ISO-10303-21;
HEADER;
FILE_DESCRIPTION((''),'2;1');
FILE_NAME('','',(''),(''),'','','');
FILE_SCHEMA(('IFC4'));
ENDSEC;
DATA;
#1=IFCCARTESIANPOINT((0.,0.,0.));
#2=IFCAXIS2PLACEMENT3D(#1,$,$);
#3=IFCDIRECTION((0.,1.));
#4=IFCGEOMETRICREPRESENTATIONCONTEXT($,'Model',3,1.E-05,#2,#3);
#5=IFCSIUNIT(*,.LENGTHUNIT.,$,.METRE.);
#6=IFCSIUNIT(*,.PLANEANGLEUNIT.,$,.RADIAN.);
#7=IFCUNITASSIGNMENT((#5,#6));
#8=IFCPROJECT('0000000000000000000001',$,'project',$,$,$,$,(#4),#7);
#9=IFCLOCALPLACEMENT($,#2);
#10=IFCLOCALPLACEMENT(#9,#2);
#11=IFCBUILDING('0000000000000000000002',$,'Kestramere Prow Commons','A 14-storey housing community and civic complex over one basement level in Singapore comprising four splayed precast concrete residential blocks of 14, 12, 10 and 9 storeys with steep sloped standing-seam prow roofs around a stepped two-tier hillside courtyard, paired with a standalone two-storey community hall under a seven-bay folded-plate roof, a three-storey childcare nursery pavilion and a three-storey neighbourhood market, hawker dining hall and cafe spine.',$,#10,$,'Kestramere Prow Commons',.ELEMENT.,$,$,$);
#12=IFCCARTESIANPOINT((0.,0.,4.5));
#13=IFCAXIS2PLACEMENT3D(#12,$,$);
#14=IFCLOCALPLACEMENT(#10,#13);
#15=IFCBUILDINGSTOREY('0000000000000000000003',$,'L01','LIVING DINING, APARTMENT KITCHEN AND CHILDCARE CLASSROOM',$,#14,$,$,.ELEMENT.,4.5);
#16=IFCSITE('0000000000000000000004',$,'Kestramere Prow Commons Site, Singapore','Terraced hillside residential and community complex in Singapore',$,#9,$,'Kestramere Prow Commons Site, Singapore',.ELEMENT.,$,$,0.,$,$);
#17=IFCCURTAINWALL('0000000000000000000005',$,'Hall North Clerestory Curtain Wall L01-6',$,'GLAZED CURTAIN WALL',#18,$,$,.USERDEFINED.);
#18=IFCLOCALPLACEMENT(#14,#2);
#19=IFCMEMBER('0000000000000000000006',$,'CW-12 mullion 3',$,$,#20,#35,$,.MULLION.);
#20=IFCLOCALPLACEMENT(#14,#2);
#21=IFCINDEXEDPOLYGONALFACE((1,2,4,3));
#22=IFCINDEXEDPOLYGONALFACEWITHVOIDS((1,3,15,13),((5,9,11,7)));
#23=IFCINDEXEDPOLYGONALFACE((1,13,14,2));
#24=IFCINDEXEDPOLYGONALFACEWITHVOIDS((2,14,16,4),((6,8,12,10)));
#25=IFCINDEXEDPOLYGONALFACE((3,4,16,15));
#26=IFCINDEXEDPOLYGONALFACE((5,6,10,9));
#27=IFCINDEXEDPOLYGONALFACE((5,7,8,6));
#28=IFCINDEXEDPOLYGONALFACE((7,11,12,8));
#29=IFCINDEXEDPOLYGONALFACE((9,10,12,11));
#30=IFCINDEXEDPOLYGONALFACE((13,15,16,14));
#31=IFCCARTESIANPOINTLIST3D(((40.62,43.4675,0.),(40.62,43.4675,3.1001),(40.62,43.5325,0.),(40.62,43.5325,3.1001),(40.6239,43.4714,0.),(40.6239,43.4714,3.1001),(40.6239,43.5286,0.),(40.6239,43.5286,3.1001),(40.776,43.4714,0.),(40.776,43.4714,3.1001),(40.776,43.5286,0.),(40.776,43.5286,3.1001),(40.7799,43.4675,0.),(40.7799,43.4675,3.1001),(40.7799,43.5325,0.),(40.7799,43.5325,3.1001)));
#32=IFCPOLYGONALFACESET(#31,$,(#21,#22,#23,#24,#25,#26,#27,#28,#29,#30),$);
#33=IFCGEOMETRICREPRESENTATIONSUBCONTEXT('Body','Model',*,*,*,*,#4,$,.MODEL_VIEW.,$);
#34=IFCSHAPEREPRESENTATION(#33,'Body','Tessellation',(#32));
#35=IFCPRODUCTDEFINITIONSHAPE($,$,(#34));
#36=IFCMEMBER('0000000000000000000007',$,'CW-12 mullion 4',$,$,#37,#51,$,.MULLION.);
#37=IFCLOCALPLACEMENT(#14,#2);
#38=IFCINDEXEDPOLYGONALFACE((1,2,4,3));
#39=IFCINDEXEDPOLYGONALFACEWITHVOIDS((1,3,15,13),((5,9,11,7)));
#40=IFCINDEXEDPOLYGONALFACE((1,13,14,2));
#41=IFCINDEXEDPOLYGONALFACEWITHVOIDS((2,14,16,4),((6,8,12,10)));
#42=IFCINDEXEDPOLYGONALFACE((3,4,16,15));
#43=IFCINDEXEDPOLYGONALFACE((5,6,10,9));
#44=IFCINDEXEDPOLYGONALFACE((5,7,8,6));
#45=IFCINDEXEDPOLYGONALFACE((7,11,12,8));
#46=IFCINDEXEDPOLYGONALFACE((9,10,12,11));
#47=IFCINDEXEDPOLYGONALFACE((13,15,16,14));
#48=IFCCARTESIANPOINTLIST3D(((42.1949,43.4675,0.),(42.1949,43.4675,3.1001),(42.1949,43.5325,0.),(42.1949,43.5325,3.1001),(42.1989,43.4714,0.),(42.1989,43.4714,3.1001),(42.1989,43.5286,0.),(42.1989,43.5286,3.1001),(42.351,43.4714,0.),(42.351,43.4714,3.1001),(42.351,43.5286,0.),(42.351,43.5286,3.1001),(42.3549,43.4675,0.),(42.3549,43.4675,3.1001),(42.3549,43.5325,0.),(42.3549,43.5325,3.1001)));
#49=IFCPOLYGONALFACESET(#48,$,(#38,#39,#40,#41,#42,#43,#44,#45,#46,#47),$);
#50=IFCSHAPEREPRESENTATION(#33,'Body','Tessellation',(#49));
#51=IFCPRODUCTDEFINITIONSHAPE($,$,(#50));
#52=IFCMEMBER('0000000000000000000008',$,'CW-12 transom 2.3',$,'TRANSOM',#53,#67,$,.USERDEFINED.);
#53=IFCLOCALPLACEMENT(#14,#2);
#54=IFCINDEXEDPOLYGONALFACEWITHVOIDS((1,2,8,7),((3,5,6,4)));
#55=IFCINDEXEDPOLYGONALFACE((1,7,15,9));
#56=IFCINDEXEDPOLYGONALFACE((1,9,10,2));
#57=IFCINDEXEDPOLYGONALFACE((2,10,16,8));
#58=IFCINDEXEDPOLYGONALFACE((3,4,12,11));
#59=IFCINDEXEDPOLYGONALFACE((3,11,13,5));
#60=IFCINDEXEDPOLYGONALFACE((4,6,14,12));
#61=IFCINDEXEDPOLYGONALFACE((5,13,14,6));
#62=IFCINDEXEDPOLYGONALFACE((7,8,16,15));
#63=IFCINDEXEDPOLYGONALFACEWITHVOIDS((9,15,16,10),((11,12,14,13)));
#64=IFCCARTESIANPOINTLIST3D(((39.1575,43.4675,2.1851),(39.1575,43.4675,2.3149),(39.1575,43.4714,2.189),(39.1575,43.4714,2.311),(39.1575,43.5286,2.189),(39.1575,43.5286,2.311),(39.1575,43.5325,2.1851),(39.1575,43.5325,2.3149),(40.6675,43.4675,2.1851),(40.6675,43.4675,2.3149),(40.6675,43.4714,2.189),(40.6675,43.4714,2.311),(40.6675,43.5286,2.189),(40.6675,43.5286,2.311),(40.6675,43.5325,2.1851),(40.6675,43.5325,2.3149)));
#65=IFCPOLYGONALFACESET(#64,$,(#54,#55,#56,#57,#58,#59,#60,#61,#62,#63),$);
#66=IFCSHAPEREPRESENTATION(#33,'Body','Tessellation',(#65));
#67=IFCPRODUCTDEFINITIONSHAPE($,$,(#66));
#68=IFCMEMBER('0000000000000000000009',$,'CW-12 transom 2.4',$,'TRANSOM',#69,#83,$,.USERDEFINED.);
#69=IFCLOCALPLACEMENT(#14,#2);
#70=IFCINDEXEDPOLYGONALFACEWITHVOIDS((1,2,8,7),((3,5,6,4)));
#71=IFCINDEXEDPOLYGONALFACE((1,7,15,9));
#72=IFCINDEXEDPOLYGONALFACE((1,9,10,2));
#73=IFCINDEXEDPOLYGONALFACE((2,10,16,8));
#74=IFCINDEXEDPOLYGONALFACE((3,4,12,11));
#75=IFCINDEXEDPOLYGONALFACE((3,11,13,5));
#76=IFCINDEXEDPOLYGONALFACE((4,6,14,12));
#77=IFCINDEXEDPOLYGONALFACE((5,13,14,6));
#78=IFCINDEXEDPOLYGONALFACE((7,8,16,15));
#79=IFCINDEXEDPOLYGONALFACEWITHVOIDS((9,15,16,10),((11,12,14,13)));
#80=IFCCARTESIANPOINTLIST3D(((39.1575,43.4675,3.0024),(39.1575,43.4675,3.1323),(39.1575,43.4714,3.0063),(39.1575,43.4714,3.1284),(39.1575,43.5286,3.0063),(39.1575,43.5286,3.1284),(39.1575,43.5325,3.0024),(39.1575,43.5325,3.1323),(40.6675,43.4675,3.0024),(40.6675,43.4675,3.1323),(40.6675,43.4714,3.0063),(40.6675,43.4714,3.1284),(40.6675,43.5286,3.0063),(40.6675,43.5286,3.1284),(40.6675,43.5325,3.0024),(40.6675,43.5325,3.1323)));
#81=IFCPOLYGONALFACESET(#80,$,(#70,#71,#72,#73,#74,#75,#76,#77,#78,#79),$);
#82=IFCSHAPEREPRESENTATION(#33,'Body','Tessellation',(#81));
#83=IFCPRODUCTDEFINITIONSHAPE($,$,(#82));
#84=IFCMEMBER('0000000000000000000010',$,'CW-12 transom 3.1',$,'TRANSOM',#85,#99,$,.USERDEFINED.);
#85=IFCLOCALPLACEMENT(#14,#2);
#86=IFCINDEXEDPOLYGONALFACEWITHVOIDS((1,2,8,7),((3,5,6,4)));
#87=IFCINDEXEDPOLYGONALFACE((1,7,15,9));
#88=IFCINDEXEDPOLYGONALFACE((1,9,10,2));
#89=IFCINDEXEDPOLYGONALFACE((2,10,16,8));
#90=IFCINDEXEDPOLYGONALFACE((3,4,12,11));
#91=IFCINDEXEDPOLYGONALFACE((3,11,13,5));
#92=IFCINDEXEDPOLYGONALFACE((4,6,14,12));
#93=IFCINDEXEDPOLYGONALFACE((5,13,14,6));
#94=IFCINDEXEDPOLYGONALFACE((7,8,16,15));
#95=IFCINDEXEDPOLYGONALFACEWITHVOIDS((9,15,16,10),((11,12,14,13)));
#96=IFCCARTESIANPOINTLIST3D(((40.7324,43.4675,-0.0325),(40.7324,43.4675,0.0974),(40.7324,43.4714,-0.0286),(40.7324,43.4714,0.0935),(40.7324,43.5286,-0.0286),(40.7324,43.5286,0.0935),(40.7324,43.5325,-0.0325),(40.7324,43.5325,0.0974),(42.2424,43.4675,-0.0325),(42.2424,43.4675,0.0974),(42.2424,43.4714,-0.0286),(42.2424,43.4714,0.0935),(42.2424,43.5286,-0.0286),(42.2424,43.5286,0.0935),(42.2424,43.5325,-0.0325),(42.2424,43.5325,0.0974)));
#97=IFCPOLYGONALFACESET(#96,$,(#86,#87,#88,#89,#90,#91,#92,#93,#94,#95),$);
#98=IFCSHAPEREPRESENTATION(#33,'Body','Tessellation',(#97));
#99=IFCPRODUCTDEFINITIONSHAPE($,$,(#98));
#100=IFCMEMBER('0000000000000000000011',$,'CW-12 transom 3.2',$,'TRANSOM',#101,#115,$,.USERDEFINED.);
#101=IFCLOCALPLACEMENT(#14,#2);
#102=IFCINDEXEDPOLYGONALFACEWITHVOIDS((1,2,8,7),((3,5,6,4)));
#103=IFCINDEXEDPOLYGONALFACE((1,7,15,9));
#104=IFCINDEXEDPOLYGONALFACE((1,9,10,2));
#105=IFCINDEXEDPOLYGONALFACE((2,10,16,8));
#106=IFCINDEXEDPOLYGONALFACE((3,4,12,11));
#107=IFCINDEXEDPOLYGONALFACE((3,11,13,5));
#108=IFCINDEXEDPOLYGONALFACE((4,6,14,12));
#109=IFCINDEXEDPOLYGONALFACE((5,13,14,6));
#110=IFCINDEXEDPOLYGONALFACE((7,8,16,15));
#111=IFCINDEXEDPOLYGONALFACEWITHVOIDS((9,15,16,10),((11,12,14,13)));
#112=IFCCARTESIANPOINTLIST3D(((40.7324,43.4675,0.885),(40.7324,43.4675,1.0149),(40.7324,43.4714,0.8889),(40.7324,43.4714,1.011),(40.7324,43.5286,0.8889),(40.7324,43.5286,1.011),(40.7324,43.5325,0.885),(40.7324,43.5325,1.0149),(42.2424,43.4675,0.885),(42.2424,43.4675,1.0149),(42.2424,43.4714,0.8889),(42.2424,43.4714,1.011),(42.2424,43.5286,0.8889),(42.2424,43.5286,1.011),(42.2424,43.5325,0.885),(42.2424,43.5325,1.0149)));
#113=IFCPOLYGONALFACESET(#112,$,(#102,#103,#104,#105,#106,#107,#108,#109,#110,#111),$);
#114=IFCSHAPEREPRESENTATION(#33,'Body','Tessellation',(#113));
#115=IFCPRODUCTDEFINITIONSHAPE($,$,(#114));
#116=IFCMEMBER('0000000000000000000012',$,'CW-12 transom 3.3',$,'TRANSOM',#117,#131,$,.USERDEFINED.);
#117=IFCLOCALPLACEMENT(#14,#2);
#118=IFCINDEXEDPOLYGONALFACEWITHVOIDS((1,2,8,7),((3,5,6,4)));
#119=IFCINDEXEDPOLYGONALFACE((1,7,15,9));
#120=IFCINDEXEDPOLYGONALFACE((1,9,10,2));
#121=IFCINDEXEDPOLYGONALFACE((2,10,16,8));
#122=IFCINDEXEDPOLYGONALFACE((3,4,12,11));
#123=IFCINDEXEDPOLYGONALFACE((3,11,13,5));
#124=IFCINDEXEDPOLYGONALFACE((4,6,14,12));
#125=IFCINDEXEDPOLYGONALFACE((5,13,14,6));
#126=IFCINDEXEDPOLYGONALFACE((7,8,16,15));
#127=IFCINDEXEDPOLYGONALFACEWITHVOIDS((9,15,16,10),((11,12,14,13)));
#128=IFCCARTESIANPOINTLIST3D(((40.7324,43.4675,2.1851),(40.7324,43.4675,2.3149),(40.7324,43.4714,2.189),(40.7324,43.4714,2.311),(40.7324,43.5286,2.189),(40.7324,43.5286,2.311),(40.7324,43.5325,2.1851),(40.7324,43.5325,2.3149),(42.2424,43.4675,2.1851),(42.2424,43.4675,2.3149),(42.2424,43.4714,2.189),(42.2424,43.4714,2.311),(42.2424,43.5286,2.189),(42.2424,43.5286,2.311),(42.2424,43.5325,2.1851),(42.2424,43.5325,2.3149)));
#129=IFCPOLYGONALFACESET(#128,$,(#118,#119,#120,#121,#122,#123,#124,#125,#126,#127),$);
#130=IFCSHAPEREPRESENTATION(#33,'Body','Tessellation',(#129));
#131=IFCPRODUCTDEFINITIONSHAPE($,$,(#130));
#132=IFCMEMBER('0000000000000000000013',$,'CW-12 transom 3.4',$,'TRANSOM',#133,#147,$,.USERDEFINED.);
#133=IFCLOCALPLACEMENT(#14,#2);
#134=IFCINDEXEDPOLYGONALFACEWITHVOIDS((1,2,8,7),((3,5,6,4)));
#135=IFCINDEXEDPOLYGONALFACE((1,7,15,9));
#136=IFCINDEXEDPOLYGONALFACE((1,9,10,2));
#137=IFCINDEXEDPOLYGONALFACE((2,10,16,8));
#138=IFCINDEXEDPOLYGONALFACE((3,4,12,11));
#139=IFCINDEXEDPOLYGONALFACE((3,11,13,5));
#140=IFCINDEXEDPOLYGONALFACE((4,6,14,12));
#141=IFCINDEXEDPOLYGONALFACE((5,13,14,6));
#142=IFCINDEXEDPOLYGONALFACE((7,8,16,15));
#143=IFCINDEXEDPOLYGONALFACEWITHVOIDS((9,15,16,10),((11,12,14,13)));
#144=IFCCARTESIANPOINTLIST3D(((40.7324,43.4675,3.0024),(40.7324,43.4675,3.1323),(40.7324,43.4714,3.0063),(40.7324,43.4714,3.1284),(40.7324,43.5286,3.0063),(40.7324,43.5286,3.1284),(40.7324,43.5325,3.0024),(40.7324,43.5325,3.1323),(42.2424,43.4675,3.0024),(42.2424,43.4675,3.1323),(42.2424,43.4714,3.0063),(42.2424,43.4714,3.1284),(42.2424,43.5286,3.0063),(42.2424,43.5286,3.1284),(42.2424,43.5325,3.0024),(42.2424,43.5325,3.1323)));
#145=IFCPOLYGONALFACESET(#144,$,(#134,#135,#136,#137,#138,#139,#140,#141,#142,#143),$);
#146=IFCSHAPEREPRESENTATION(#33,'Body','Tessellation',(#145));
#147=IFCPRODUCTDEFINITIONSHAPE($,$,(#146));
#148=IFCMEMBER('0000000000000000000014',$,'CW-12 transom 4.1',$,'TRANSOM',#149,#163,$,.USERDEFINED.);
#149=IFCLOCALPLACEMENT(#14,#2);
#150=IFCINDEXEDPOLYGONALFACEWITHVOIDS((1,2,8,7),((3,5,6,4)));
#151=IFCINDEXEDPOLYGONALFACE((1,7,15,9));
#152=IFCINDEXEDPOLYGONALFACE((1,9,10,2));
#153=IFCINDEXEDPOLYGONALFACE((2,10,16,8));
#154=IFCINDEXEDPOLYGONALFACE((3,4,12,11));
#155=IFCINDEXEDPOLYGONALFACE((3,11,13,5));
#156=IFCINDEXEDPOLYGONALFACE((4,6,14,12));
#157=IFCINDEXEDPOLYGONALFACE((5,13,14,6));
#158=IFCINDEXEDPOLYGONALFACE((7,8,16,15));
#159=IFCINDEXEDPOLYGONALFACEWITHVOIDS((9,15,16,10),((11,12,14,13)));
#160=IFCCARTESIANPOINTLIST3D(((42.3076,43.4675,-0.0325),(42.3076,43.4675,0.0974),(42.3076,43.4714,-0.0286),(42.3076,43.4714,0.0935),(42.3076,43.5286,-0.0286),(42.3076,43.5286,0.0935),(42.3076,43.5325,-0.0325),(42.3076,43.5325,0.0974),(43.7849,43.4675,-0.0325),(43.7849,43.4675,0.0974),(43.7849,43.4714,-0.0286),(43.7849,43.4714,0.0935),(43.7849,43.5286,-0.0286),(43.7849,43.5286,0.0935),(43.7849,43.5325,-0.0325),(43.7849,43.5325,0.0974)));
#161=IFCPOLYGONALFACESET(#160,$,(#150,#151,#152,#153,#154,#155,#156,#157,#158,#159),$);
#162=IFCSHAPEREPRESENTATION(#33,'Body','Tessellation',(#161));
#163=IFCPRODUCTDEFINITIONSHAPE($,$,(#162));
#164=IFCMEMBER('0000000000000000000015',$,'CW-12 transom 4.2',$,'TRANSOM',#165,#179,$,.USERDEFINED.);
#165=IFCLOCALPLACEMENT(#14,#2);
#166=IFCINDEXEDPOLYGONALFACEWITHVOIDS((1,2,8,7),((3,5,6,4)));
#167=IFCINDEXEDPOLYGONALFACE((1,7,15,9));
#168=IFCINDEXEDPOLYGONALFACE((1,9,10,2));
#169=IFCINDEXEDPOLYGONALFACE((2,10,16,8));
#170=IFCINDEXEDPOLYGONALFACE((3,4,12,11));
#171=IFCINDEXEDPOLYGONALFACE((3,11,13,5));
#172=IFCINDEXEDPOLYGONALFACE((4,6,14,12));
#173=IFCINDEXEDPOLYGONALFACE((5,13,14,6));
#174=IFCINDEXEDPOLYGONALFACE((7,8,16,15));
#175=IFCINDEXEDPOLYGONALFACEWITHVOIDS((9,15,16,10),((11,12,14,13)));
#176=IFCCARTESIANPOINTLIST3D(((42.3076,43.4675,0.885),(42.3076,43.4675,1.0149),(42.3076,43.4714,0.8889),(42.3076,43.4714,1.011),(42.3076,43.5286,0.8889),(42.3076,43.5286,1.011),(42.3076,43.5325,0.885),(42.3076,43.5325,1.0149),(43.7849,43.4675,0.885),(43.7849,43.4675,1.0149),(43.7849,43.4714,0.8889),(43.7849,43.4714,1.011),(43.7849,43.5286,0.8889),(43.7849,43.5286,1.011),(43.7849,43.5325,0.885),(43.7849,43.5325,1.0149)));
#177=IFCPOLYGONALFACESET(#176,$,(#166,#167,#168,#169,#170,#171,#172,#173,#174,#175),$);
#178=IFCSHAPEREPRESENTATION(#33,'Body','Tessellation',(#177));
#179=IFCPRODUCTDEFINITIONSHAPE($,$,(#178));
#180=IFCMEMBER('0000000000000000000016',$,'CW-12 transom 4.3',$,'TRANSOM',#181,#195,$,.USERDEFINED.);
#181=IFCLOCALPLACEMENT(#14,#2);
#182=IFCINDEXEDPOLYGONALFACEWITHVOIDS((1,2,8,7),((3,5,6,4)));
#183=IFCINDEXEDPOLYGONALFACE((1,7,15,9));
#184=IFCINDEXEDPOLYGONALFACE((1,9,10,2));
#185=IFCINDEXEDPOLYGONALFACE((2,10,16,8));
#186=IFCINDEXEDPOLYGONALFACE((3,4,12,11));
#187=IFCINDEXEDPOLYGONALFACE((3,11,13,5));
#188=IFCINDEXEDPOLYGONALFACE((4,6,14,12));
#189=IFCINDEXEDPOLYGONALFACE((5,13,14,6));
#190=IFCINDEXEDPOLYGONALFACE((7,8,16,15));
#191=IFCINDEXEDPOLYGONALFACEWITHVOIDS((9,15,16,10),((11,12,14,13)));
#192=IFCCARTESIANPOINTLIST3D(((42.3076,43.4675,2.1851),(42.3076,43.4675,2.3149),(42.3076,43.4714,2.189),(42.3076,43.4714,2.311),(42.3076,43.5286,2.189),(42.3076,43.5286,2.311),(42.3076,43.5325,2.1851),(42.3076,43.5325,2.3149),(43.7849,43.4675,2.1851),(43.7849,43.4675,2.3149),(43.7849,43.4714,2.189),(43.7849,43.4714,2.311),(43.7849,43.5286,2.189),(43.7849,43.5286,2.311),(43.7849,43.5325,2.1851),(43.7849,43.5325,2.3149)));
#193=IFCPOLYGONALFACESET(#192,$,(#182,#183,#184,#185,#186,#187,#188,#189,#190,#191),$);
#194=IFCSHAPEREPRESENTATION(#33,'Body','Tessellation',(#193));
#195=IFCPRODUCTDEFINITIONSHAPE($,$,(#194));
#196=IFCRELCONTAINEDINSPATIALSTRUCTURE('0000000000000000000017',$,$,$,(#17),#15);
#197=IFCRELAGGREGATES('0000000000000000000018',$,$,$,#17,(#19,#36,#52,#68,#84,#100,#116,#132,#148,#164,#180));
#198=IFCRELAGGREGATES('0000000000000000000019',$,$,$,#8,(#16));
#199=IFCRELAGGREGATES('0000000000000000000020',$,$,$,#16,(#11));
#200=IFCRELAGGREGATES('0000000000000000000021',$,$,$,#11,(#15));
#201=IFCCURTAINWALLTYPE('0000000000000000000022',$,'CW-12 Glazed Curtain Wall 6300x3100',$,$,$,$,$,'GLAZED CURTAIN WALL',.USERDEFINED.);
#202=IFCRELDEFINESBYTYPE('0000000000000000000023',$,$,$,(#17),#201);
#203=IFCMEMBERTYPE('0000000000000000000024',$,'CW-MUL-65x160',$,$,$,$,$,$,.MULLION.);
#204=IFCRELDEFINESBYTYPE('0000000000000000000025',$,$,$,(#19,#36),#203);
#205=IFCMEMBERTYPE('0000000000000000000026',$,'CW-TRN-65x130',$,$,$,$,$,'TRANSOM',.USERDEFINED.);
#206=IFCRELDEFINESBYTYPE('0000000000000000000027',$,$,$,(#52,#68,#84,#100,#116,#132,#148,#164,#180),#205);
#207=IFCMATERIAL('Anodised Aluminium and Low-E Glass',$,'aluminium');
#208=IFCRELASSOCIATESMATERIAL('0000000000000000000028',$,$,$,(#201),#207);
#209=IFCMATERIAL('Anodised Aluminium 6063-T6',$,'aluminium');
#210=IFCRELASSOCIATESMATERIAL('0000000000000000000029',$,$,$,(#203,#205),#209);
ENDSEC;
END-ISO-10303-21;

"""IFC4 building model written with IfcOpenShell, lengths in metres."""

from ifc_helpers import new_model, si_unit, direction, frame, origin, origin_2d, place, context, subcontext, project, spatial, hollow_rectangle, extrude, material, material_profile, profile_set, type_object, element, aggregate, save


model = new_model("IFC4")

# Units and contexts
model_context = context("Model", 3, precision=1e-05, world=origin(), true_north=direction((0.0, 1.0)))
body_context = subcontext(model_context, "Body", "Model", "MODEL_VIEW")
ifc_project = project(units=[si_unit("LENGTHUNIT", "METRE"), si_unit("PLANEANGLEUNIT", "RADIAN")], contexts=[model_context])

# Site, building, storey
site_placement = place(None, origin())
site = spatial("IfcSite", under=ifc_project, at=site_placement, Name="Kestramere Prow Commons Site, Singapore", Description="Terraced hillside residential and community complex in Singapore", LongName="Kestramere Prow Commons Site, Singapore", CompositionType="ELEMENT", RefElevation=0.0)
building_placement = place(site_placement, origin())
building = spatial("IfcBuilding", under=site, at=building_placement, Name="Kestramere Prow Commons", Description="A 14-storey housing community and civic complex over one basement level in Singapore comprising four splayed precast concrete residential blocks of 14, 12, 10 and 9 storeys with steep sloped standing-seam prow roofs around a stepped two-tier hillside courtyard, paired with a standalone two-storey community hall under a seven-bay folded-plate roof, a three-storey childcare nursery pavilion and a three-storey neighbourhood market, hawker dining hall and cafe spine.", LongName="Kestramere Prow Commons", CompositionType="ELEMENT")
storey_placement = place(building_placement, frame((0.0, 0.0, 4.5)))
storey = spatial("IfcBuildingStorey", under=building, at=storey_placement, Name="L01", Description="LIVING DINING, APARTMENT KITCHEN AND CHILDCARE CLASSROOM", CompositionType="ELEMENT", Elevation=4.5)

# Curtain wall, members
ifc_material_1 = material(Name="Anodised Aluminium and Low-E Glass", Category="aluminium")
curtain_wall_type = type_object("IfcCurtainWallType", Name="CW-12 Glazed Curtain Wall 6300x3100", ElementType="GLAZED CURTAIN WALL", PredefinedType="USERDEFINED", material=ifc_material_1)
curtain_wall_placement = place(storey_placement, origin())
curtain_wall = element("IfcCurtainWall", 1, at=curtain_wall_placement, inside=storey, type_object=curtain_wall_type, Name="Hall North Clerestory Curtain Wall L01-6", ObjectType="GLAZED CURTAIN WALL", PredefinedType="USERDEFINED")
ifc_material_2 = material(Name="Anodised Aluminium 6063-T6", Category="aluminium")
ifc_material_profile_1 = material_profile(ifc_material_2, hollow_rectangle(XDim=0.0649, YDim=0.1599, WallThickness=0.0039, at=origin_2d()), Name="ALU-MUL 65x160")
ifc_profile_set_1 = profile_set([ifc_material_profile_1], Name="Anodised Aluminium 6063-T6")
member_type_1 = type_object("IfcMemberType", Name="CW-MUL-65x160", PredefinedType="MULLION", material=ifc_profile_set_1)
member_1_placement = place(storey_placement, frame((40.7, 43.5, 0.0), z_axis=(0.0, 0.0, 1.0), x_axis=(0.0, 1.0, 0.0)))
member_1 = element("IfcMember", 2, at=member_1_placement, type_object=member_type_1, Name="CW-12 mullion 3", PredefinedType="MULLION", context=body_context, shape_type="SweptSolid", body=[
    extrude(hollow_rectangle(XDim=0.0649, YDim=0.1599, WallThickness=0.0039, at=origin_2d()), origin(), (0.0, 0.0, 1.0), 3.1001),
])
member_2_placement = place(storey_placement, frame((42.2749, 43.5, 0.0), z_axis=(0.0, 0.0, 1.0), x_axis=(0.0, 1.0, 0.0)))
member_2 = element("IfcMember", 3, at=member_2_placement, type_object=member_type_1, Name="CW-12 mullion 4", PredefinedType="MULLION", context=body_context, shape_type="SweptSolid", body=[
    extrude(hollow_rectangle(XDim=0.0649, YDim=0.1599, WallThickness=0.0039, at=origin_2d()), origin(), (0.0, 0.0, 1.0), 3.1001),
])
ifc_material_profile_2 = material_profile(ifc_material_2, hollow_rectangle(XDim=0.0649, YDim=0.1299, WallThickness=0.0039, at=origin_2d()), Name="ALU-TRN 65x130")
ifc_profile_set_2 = profile_set([ifc_material_profile_2], Name="Anodised Aluminium 6063-T6")
member_type_2 = type_object("IfcMemberType", Name="CW-TRN-65x130", ElementType="TRANSOM", PredefinedType="USERDEFINED", material=ifc_profile_set_2)
member_3_placement = place(storey_placement, frame((39.1575, 43.5, 2.25), z_axis=(1.0, 0.0, 0.0), x_axis=(0.0, 1.0, 0.0)))
member_3 = element("IfcMember", 4, at=member_3_placement, type_object=member_type_2, Name="CW-12 transom 2.3", ObjectType="TRANSOM", PredefinedType="USERDEFINED", context=body_context, shape_type="SweptSolid", body=[
    extrude(hollow_rectangle(XDim=0.0649, YDim=0.1299, WallThickness=0.0039, at=origin_2d()), origin(), (0.0, 0.0, 1.0), 1.51),
])
member_4_placement = place(storey_placement, frame((39.1575, 43.5, 3.0674), z_axis=(1.0, 0.0, 0.0), x_axis=(0.0, 1.0, 0.0)))
member_4 = element("IfcMember", 5, at=member_4_placement, type_object=member_type_2, Name="CW-12 transom 2.4", ObjectType="TRANSOM", PredefinedType="USERDEFINED", context=body_context, shape_type="SweptSolid", body=[
    extrude(hollow_rectangle(XDim=0.0649, YDim=0.1299, WallThickness=0.0039, at=origin_2d()), origin(), (0.0, 0.0, 1.0), 1.51),
])
member_5_placement = place(storey_placement, frame((40.7324, 43.5, 0.0325), z_axis=(1.0, 0.0, 0.0), x_axis=(0.0, 1.0, 0.0)))
member_5 = element("IfcMember", 6, at=member_5_placement, type_object=member_type_2, Name="CW-12 transom 3.1", ObjectType="TRANSOM", PredefinedType="USERDEFINED", context=body_context, shape_type="SweptSolid", body=[
    extrude(hollow_rectangle(XDim=0.0649, YDim=0.1299, WallThickness=0.0039, at=origin_2d()), origin(), (0.0, 0.0, 1.0), 1.51),
])
member_6_placement = place(storey_placement, frame((40.7324, 43.5, 0.95), z_axis=(1.0, 0.0, 0.0), x_axis=(0.0, 1.0, 0.0)))
member_6 = element("IfcMember", 7, at=member_6_placement, type_object=member_type_2, Name="CW-12 transom 3.2", ObjectType="TRANSOM", PredefinedType="USERDEFINED", context=body_context, shape_type="SweptSolid", body=[
    extrude(hollow_rectangle(XDim=0.0649, YDim=0.1299, WallThickness=0.0039, at=origin_2d()), origin(), (0.0, 0.0, 1.0), 1.51),
])
member_7_placement = place(storey_placement, frame((40.7324, 43.5, 2.25), z_axis=(1.0, 0.0, 0.0), x_axis=(0.0, 1.0, 0.0)))
member_7 = element("IfcMember", 8, at=member_7_placement, type_object=member_type_2, Name="CW-12 transom 3.3", ObjectType="TRANSOM", PredefinedType="USERDEFINED", context=body_context, shape_type="SweptSolid", body=[
    extrude(hollow_rectangle(XDim=0.0649, YDim=0.1299, WallThickness=0.0039, at=origin_2d()), origin(), (0.0, 0.0, 1.0), 1.51),
])
member_8_placement = place(storey_placement, frame((40.7324, 43.5, 3.0674), z_axis=(1.0, 0.0, 0.0), x_axis=(0.0, 1.0, 0.0)))
member_8 = element("IfcMember", 9, at=member_8_placement, type_object=member_type_2, Name="CW-12 transom 3.4", ObjectType="TRANSOM", PredefinedType="USERDEFINED", context=body_context, shape_type="SweptSolid", body=[
    extrude(hollow_rectangle(XDim=0.0649, YDim=0.1299, WallThickness=0.0039, at=origin_2d()), origin(), (0.0, 0.0, 1.0), 1.51),
])
member_9_placement = place(storey_placement, frame((42.3076, 43.5, 0.0325), z_axis=(1.0, 0.0, 0.0), x_axis=(0.0, 1.0, 0.0)))
member_9 = element("IfcMember", 10, at=member_9_placement, type_object=member_type_2, Name="CW-12 transom 4.1", ObjectType="TRANSOM", PredefinedType="USERDEFINED", context=body_context, shape_type="SweptSolid", body=[
    extrude(hollow_rectangle(XDim=0.0649, YDim=0.1299, WallThickness=0.0039, at=origin_2d()), origin(), (0.0, 0.0, 1.0), 1.4773),
])
member_10_placement = place(storey_placement, frame((42.3076, 43.5, 0.95), z_axis=(1.0, 0.0, 0.0), x_axis=(0.0, 1.0, 0.0)))
member_10 = element("IfcMember", 11, at=member_10_placement, type_object=member_type_2, Name="CW-12 transom 4.2", ObjectType="TRANSOM", PredefinedType="USERDEFINED", context=body_context, shape_type="SweptSolid", body=[
    extrude(hollow_rectangle(XDim=0.0649, YDim=0.1299, WallThickness=0.0039, at=origin_2d()), origin(), (0.0, 0.0, 1.0), 1.4773),
])
member_11_placement = place(storey_placement, frame((42.3076, 43.5, 2.25), z_axis=(1.0, 0.0, 0.0), x_axis=(0.0, 1.0, 0.0)))
member_11 = element("IfcMember", 12, at=member_11_placement, type_object=member_type_2, Name="CW-12 transom 4.3", ObjectType="TRANSOM", PredefinedType="USERDEFINED", context=body_context, shape_type="SweptSolid", body=[
    extrude(hollow_rectangle(XDim=0.0649, YDim=0.1299, WallThickness=0.0039, at=origin_2d()), origin(), (0.0, 0.0, 1.0), 1.4773),
])
aggregate(curtain_wall, [member_1, member_2, member_3, member_4, member_5, member_6, member_7, member_8, member_9, member_10, member_11])

save(model, "model.ifc")
